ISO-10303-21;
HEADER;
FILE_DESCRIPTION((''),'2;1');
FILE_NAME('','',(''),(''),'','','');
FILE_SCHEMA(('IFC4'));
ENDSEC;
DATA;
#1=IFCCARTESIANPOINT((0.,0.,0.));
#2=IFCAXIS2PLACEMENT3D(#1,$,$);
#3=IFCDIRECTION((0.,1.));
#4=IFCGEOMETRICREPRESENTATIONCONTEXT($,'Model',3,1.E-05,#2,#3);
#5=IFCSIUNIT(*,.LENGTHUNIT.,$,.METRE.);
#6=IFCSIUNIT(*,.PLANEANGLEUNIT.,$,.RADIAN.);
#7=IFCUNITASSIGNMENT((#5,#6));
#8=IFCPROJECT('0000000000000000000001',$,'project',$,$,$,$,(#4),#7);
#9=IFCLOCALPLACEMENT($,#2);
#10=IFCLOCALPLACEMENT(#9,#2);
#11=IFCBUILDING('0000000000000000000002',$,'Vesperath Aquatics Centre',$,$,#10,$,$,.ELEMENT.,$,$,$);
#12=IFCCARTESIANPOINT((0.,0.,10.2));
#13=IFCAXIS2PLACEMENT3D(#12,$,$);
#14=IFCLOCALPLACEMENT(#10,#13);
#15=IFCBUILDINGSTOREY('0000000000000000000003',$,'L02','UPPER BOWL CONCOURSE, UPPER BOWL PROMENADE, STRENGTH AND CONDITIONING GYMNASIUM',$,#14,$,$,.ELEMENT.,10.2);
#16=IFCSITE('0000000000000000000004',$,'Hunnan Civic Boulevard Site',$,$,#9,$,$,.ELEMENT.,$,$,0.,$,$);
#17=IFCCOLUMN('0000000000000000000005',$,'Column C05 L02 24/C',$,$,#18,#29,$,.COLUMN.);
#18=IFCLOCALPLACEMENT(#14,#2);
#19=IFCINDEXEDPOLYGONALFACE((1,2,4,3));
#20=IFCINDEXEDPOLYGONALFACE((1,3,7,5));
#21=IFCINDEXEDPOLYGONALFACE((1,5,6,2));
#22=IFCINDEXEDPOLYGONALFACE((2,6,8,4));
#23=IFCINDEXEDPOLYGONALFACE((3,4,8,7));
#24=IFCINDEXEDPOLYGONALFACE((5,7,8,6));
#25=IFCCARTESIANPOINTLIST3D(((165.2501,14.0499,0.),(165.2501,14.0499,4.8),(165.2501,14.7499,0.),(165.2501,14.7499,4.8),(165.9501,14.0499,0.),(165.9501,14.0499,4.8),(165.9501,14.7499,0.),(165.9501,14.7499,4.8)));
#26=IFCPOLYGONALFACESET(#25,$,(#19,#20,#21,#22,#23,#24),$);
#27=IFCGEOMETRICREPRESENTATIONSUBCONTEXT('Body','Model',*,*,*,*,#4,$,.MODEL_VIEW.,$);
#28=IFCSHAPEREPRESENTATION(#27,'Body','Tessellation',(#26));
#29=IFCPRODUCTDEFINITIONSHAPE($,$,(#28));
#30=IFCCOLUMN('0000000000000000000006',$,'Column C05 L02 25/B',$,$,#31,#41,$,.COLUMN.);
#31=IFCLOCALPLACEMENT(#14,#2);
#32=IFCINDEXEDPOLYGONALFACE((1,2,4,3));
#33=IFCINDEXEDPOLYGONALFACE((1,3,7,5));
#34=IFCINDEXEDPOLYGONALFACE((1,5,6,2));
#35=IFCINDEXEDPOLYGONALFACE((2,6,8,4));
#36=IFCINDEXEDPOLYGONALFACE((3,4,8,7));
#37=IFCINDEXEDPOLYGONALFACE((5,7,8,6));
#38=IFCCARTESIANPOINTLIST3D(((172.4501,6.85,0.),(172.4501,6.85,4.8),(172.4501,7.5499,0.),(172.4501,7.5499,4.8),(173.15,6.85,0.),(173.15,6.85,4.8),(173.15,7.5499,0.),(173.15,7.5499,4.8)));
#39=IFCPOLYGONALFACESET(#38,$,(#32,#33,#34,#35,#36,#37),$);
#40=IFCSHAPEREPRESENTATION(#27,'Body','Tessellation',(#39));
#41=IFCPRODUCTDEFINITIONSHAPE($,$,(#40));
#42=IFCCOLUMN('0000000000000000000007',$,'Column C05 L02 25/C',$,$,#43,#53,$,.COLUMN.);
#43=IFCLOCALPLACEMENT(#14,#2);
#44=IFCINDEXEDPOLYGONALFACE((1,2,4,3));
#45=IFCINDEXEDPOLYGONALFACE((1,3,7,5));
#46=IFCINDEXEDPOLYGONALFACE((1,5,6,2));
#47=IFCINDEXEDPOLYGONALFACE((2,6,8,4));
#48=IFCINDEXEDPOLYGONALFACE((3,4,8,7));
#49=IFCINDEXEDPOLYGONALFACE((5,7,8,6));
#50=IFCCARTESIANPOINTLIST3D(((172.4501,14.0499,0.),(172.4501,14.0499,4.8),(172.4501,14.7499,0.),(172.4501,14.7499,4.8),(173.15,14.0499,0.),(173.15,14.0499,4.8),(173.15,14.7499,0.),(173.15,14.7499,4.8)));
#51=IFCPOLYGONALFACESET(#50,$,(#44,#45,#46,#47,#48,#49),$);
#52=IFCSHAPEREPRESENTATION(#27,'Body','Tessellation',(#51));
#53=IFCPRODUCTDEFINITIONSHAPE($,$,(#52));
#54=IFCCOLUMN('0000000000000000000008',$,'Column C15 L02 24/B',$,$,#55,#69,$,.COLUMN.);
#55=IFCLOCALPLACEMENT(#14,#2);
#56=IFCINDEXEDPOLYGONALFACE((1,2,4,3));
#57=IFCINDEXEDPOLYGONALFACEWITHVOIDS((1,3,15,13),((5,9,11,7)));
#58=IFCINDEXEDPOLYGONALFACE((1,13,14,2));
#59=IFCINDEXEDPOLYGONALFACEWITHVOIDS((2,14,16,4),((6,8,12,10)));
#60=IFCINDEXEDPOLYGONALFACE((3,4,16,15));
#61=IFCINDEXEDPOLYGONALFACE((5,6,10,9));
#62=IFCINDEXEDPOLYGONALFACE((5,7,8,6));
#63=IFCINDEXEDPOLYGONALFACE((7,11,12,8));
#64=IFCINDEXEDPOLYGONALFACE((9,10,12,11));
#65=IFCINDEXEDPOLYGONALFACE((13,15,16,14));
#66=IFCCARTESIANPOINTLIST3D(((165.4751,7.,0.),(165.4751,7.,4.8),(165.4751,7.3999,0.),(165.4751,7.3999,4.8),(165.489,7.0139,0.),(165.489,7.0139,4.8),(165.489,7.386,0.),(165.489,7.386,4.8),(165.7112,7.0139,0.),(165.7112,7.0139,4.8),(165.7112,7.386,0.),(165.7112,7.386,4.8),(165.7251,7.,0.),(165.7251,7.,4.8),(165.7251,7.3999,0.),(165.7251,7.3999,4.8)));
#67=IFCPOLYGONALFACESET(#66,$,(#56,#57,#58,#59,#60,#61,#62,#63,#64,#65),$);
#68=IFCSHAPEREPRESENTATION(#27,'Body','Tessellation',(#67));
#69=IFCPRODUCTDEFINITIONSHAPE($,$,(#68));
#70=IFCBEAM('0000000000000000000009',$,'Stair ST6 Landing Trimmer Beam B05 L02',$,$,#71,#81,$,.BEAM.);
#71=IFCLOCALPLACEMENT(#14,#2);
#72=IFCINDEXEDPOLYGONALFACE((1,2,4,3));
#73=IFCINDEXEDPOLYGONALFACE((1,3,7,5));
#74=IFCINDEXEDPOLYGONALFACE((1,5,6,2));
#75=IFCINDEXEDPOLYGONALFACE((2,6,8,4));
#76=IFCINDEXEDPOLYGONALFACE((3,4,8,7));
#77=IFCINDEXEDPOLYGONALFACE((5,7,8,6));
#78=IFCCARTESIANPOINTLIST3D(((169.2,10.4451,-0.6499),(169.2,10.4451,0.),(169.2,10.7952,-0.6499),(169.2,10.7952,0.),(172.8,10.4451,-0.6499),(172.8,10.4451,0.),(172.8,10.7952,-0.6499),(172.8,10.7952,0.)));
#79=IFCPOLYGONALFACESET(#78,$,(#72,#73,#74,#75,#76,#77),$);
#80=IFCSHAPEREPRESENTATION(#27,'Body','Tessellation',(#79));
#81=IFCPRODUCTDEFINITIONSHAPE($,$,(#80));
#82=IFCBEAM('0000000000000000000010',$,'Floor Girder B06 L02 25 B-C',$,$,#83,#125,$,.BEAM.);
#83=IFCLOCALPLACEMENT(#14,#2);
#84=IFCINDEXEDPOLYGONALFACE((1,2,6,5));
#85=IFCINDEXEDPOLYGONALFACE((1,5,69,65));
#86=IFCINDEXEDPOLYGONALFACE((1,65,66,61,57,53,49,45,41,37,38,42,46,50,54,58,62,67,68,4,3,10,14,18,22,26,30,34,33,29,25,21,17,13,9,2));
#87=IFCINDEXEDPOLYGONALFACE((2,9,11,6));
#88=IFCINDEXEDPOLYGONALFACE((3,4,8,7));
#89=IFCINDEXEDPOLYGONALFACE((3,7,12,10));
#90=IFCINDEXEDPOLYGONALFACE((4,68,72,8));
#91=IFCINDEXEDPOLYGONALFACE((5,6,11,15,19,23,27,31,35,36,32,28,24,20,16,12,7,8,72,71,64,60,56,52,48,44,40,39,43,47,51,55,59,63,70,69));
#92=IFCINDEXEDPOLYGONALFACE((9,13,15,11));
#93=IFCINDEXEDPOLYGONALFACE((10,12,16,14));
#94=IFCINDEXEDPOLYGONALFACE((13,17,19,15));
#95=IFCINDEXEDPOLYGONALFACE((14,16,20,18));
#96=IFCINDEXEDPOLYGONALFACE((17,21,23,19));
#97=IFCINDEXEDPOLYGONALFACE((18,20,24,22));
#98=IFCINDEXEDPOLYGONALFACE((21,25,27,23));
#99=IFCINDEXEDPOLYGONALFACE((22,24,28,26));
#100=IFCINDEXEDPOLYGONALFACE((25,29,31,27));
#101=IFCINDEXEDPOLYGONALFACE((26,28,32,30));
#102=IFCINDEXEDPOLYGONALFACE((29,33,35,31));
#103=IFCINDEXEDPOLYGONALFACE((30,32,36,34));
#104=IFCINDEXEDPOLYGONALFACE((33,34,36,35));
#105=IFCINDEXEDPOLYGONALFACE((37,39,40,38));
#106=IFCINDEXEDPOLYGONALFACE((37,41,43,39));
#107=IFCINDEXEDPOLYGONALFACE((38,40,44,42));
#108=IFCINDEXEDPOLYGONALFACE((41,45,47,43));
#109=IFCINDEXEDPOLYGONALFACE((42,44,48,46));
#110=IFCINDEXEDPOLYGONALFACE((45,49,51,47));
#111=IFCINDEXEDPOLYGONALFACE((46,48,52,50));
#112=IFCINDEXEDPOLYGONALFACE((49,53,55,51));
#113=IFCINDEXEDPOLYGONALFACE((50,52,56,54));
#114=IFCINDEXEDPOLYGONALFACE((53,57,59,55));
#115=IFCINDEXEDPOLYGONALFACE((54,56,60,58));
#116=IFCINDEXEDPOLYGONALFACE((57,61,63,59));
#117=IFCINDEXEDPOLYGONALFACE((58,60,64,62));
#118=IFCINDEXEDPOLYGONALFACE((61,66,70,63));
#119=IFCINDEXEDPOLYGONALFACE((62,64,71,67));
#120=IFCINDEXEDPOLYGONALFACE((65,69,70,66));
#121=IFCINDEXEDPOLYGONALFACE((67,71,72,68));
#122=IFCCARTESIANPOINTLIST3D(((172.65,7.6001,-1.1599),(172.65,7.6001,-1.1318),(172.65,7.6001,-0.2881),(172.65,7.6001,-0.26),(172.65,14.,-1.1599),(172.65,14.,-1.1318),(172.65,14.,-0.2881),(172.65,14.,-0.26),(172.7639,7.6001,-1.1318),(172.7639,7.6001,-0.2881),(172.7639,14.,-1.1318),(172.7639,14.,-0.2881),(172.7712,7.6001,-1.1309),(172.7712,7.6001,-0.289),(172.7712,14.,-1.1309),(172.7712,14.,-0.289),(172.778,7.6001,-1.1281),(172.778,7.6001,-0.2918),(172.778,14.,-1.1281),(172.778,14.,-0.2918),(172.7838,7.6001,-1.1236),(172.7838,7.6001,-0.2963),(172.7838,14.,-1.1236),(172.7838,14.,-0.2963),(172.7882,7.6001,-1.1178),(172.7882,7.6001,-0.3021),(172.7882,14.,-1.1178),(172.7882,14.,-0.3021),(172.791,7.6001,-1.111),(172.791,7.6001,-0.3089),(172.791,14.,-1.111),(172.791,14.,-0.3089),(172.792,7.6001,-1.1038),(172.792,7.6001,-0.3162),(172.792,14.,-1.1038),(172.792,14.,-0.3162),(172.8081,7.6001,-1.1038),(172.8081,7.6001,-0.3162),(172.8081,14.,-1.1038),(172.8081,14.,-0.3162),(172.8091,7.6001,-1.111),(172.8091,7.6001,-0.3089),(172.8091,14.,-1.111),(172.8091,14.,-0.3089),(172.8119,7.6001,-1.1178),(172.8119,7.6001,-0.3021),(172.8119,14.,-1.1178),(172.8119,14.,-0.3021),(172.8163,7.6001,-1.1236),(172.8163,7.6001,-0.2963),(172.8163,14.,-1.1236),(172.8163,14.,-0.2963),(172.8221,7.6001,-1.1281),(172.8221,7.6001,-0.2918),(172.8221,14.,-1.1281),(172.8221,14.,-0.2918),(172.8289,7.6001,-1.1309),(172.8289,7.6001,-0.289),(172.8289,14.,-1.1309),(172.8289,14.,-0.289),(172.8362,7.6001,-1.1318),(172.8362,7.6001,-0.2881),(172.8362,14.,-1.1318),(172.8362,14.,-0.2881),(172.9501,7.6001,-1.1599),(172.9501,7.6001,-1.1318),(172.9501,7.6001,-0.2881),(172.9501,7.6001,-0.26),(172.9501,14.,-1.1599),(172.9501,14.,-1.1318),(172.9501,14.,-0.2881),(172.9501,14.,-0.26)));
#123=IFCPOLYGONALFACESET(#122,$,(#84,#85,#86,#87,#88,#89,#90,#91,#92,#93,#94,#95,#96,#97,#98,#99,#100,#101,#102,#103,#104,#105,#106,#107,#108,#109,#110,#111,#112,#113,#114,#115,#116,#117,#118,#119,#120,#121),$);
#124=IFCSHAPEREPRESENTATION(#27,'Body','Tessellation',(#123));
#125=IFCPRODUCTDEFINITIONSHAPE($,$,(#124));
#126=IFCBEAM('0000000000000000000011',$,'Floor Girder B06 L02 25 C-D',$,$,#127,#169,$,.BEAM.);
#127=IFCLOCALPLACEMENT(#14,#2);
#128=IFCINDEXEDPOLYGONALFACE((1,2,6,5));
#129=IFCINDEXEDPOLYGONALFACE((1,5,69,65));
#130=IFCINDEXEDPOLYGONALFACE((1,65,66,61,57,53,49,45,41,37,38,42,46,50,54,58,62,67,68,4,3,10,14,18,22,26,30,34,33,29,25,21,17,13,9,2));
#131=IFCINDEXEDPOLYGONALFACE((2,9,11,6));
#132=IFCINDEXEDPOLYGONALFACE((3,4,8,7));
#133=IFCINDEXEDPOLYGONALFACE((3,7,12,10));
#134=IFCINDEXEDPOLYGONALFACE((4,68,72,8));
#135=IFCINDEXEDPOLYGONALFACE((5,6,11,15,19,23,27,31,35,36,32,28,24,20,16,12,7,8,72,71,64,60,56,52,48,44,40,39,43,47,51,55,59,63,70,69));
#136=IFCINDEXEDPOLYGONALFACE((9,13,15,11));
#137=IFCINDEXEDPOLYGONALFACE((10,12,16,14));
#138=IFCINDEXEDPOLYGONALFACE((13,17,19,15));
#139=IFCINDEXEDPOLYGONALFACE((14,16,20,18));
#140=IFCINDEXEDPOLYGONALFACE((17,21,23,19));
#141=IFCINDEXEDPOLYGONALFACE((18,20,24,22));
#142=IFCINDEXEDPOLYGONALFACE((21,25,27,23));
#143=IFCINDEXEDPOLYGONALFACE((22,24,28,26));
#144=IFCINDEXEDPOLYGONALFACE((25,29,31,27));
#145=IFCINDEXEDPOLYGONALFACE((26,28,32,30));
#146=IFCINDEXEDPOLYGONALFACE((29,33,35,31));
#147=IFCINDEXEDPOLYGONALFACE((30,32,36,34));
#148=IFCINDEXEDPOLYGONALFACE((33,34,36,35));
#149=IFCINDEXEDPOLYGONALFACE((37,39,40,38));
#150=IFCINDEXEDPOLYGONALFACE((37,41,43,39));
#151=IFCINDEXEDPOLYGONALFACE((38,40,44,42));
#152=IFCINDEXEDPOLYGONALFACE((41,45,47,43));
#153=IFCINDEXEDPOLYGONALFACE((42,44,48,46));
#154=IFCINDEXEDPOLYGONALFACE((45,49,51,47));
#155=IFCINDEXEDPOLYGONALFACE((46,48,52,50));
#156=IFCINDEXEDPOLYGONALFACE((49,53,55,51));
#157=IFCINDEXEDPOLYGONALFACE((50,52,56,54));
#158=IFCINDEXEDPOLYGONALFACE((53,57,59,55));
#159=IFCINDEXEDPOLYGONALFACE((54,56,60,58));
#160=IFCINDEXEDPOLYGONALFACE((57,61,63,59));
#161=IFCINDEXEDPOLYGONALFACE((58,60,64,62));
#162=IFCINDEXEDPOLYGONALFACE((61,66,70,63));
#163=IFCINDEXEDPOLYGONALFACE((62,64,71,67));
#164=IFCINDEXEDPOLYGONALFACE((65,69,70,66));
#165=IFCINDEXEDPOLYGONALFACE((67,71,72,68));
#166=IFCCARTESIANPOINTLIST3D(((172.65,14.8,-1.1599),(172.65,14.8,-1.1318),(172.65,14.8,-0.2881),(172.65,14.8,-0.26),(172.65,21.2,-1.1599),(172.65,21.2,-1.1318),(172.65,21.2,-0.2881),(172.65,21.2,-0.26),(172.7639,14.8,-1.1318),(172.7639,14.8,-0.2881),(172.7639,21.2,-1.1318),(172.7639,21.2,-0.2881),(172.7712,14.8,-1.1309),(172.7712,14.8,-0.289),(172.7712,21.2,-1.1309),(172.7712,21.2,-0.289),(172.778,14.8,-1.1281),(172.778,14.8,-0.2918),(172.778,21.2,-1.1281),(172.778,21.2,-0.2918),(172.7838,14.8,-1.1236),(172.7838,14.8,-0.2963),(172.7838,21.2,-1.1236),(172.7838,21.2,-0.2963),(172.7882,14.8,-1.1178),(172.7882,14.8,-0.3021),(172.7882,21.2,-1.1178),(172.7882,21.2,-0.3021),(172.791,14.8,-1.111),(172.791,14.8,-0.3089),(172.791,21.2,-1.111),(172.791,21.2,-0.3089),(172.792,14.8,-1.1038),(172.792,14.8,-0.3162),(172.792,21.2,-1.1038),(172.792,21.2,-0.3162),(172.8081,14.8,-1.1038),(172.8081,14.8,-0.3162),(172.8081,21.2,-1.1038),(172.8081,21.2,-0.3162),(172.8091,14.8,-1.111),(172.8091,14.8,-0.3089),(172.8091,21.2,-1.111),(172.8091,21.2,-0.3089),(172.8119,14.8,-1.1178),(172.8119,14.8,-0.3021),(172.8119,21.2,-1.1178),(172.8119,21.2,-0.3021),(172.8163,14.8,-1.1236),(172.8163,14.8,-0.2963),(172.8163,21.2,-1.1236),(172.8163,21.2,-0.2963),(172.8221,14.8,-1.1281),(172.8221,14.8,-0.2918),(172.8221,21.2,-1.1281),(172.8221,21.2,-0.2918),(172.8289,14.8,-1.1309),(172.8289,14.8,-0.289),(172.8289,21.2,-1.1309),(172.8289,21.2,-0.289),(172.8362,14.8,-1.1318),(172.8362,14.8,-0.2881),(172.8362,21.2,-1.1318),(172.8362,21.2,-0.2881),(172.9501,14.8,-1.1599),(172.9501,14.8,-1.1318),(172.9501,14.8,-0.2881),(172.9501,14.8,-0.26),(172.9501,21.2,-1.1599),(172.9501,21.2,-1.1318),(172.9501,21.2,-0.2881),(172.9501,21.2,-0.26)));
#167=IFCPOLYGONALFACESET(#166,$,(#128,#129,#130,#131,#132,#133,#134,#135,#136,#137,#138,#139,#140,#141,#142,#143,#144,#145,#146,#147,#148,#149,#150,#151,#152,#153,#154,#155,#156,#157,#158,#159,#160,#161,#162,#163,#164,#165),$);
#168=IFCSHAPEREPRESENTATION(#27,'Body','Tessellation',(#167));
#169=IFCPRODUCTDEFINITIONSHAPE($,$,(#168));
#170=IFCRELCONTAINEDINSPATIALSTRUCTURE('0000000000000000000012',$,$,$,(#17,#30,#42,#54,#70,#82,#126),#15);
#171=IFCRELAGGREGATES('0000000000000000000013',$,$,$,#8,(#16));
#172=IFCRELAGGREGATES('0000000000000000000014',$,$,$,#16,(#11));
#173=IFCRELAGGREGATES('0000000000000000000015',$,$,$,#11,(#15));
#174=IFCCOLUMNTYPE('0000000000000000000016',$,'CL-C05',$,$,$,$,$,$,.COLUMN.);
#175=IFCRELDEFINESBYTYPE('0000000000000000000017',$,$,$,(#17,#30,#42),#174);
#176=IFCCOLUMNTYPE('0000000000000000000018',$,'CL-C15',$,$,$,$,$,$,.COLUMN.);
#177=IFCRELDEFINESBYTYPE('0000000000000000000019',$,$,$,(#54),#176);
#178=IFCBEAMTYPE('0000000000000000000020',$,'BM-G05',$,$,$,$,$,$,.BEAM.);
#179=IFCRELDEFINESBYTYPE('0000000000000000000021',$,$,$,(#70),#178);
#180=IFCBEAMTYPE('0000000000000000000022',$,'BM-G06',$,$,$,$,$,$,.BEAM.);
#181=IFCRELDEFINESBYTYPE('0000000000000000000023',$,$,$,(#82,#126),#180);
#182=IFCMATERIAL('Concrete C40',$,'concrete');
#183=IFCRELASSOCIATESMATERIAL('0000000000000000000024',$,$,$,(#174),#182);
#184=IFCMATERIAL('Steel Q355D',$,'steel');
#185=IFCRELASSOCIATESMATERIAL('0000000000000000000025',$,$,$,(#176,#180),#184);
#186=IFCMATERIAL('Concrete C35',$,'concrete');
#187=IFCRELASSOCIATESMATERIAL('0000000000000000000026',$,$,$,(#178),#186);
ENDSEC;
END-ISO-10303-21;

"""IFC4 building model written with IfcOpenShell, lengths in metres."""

from ifc_helpers import new_model, si_unit, direction, frame, origin, origin_2d, place, context, subcontext, project, spatial, rectangle, hollow_rectangle, i_section, extrude, material, material_profile, profile_set, type_object, element, save


model = new_model("IFC4")

# Units and contexts
model_context = context("Model", 3, precision=1e-05, world=origin(), true_north=direction((0.0, 1.0)))
body_context = subcontext(model_context, "Body", "Model", "MODEL_VIEW")
ifc_project = project(units=[si_unit("LENGTHUNIT", "METRE"), si_unit("PLANEANGLEUNIT", "RADIAN")], contexts=[model_context])

# Site, building, storey
site_placement = place(None, origin())
site = spatial("IfcSite", under=ifc_project, at=site_placement, Name="Hunnan Civic Boulevard Site", CompositionType="ELEMENT", RefElevation=0.0)
building_placement = place(site_placement, origin())
building = spatial("IfcBuilding", under=site, at=building_placement, Name="Vesperath Aquatics Centre", CompositionType="ELEMENT")
storey_placement = place(building_placement, frame((0.0, 0.0, 10.2)))
storey = spatial("IfcBuildingStorey", under=building, at=storey_placement, Name="L02", Description="UPPER BOWL CONCOURSE, UPPER BOWL PROMENADE, STRENGTH AND CONDITIONING GYMNASIUM", CompositionType="ELEMENT", Elevation=10.2)

# Columns
ifc_material_1 = material(Name="Concrete C40", Category="concrete")
ifc_material_profile_1 = material_profile(ifc_material_1, rectangle(XDim=0.7, YDim=0.7, at=origin_2d()), Name="RC 700x700")
ifc_profile_set_1 = profile_set([ifc_material_profile_1], Name="Concrete C40")
column_type_1 = type_object("IfcColumnType", Name="CL-C05", PredefinedType="COLUMN", material=ifc_profile_set_1)
for number, where, z_axis, x_axis, name in (
    (1, (165.6001, 14.3999, 0.0), (0.0, 0.0, 1.0), (1.0, 0.0, 0.0), "Column C05 L02 24/C"),
    (2, (172.8, 7.2, 0.0), (0.0, 0.0, 1.0), (1.0, 0.0, 0.0), "Column C05 L02 25/B"),
    (3, (172.8, 14.3999, 0.0), (0.0, 0.0, 1.0), (1.0, 0.0, 0.0), "Column C05 L02 25/C"),
):
    element("IfcColumn", number, at=place(storey_placement, frame(where, z_axis=z_axis, x_axis=x_axis)), inside=storey, type_object=column_type_1, Name=name, PredefinedType="COLUMN", context=body_context, shape_type="SweptSolid", body=[
        extrude(rectangle(XDim=0.7, YDim=0.7, at=origin_2d()), origin(), (0.0, 0.0, 1.0), 4.8),
    ])
ifc_material_2 = material(Name="Steel Q355D", Category="steel")
ifc_material_profile_2 = material_profile(ifc_material_2, hollow_rectangle(XDim=0.25, YDim=0.3999, WallThickness=0.0139, at=origin_2d()), Name="RHS 400x250x14")
ifc_profile_set_2 = profile_set([ifc_material_profile_2], Name="Steel Q355D")
column_type_2 = type_object("IfcColumnType", Name="CL-C15", PredefinedType="COLUMN", material=ifc_profile_set_2)
column_placement = place(storey_placement, frame((165.6001, 7.2, 0.0), z_axis=(0.0, 0.0, 1.0), x_axis=(1.0, 0.0, 0.0)))
element("IfcColumn", 4, at=column_placement, inside=storey, type_object=column_type_2, Name="Column C15 L02 24/B", PredefinedType="COLUMN", context=body_context, shape_type="SweptSolid", body=[
    extrude(hollow_rectangle(XDim=0.25, YDim=0.3999, WallThickness=0.0139, at=origin_2d()), origin(), (0.0, 0.0, 1.0), 4.8),
])

# Beams
ifc_material_3 = material(Name="Concrete C35", Category="concrete")
ifc_material_profile_3 = material_profile(ifc_material_3, rectangle(XDim=0.3501, YDim=0.6499, at=origin_2d()), Name="RC 350x650")
ifc_profile_set_3 = profile_set([ifc_material_profile_3], Name="Concrete C35")
beam_type_1 = type_object("IfcBeamType", Name="BM-G05", PredefinedType="BEAM", material=ifc_profile_set_3)
beam_placement = place(storey_placement, frame((169.2, 10.6201, -0.325), z_axis=(1.0, 0.0, 0.0), x_axis=(0.0, 1.0, 0.0)))
element("IfcBeam", 5, at=beam_placement, inside=storey, type_object=beam_type_1, Name="Stair ST6 Landing Trimmer Beam B05 L02", PredefinedType="BEAM", context=body_context, shape_type="SweptSolid", body=[
    extrude(rectangle(XDim=0.3501, YDim=0.6499, at=origin_2d()), origin(), (0.0, 0.0, 1.0), 3.6001),
])
ifc_material_profile_4 = material_profile(ifc_material_2, i_section(OverallWidth=0.3, OverallDepth=0.8999, WebThickness=0.0161, FlangeThickness=0.0281, FilletRadius=0.0281, at=origin_2d()), Name="HN 900x300x16x28")
ifc_profile_set_4 = profile_set([ifc_material_profile_4], Name="Steel Q355D")
beam_type_2 = type_object("IfcBeamType", Name="BM-G06", PredefinedType="BEAM", material=ifc_profile_set_4)
for number, where, z_axis, x_axis, name in (
    (6, (172.8, 7.6001, -0.71), (0.0, 1.0, 0.0), (-1.0, 0.0, 0.0), "Floor Girder B06 L02 25 B-C"),
    (7, (172.8, 14.8, -0.71), (0.0, 1.0, 0.0), (-1.0, 0.0, 0.0), "Floor Girder B06 L02 25 C-D"),
):
    element("IfcBeam", number, at=place(storey_placement, frame(where, z_axis=z_axis, x_axis=x_axis)), inside=storey, type_object=beam_type_2, Name=name, PredefinedType="BEAM", context=body_context, shape_type="SweptSolid", body=[
        extrude(i_section(OverallWidth=0.3, OverallDepth=0.8999, WebThickness=0.0161, FlangeThickness=0.0281, FilletRadius=0.0281, at=origin_2d()), origin(), (0.0, 0.0, 1.0), 6.3999),
    ])

save(model, "model.ifc")
